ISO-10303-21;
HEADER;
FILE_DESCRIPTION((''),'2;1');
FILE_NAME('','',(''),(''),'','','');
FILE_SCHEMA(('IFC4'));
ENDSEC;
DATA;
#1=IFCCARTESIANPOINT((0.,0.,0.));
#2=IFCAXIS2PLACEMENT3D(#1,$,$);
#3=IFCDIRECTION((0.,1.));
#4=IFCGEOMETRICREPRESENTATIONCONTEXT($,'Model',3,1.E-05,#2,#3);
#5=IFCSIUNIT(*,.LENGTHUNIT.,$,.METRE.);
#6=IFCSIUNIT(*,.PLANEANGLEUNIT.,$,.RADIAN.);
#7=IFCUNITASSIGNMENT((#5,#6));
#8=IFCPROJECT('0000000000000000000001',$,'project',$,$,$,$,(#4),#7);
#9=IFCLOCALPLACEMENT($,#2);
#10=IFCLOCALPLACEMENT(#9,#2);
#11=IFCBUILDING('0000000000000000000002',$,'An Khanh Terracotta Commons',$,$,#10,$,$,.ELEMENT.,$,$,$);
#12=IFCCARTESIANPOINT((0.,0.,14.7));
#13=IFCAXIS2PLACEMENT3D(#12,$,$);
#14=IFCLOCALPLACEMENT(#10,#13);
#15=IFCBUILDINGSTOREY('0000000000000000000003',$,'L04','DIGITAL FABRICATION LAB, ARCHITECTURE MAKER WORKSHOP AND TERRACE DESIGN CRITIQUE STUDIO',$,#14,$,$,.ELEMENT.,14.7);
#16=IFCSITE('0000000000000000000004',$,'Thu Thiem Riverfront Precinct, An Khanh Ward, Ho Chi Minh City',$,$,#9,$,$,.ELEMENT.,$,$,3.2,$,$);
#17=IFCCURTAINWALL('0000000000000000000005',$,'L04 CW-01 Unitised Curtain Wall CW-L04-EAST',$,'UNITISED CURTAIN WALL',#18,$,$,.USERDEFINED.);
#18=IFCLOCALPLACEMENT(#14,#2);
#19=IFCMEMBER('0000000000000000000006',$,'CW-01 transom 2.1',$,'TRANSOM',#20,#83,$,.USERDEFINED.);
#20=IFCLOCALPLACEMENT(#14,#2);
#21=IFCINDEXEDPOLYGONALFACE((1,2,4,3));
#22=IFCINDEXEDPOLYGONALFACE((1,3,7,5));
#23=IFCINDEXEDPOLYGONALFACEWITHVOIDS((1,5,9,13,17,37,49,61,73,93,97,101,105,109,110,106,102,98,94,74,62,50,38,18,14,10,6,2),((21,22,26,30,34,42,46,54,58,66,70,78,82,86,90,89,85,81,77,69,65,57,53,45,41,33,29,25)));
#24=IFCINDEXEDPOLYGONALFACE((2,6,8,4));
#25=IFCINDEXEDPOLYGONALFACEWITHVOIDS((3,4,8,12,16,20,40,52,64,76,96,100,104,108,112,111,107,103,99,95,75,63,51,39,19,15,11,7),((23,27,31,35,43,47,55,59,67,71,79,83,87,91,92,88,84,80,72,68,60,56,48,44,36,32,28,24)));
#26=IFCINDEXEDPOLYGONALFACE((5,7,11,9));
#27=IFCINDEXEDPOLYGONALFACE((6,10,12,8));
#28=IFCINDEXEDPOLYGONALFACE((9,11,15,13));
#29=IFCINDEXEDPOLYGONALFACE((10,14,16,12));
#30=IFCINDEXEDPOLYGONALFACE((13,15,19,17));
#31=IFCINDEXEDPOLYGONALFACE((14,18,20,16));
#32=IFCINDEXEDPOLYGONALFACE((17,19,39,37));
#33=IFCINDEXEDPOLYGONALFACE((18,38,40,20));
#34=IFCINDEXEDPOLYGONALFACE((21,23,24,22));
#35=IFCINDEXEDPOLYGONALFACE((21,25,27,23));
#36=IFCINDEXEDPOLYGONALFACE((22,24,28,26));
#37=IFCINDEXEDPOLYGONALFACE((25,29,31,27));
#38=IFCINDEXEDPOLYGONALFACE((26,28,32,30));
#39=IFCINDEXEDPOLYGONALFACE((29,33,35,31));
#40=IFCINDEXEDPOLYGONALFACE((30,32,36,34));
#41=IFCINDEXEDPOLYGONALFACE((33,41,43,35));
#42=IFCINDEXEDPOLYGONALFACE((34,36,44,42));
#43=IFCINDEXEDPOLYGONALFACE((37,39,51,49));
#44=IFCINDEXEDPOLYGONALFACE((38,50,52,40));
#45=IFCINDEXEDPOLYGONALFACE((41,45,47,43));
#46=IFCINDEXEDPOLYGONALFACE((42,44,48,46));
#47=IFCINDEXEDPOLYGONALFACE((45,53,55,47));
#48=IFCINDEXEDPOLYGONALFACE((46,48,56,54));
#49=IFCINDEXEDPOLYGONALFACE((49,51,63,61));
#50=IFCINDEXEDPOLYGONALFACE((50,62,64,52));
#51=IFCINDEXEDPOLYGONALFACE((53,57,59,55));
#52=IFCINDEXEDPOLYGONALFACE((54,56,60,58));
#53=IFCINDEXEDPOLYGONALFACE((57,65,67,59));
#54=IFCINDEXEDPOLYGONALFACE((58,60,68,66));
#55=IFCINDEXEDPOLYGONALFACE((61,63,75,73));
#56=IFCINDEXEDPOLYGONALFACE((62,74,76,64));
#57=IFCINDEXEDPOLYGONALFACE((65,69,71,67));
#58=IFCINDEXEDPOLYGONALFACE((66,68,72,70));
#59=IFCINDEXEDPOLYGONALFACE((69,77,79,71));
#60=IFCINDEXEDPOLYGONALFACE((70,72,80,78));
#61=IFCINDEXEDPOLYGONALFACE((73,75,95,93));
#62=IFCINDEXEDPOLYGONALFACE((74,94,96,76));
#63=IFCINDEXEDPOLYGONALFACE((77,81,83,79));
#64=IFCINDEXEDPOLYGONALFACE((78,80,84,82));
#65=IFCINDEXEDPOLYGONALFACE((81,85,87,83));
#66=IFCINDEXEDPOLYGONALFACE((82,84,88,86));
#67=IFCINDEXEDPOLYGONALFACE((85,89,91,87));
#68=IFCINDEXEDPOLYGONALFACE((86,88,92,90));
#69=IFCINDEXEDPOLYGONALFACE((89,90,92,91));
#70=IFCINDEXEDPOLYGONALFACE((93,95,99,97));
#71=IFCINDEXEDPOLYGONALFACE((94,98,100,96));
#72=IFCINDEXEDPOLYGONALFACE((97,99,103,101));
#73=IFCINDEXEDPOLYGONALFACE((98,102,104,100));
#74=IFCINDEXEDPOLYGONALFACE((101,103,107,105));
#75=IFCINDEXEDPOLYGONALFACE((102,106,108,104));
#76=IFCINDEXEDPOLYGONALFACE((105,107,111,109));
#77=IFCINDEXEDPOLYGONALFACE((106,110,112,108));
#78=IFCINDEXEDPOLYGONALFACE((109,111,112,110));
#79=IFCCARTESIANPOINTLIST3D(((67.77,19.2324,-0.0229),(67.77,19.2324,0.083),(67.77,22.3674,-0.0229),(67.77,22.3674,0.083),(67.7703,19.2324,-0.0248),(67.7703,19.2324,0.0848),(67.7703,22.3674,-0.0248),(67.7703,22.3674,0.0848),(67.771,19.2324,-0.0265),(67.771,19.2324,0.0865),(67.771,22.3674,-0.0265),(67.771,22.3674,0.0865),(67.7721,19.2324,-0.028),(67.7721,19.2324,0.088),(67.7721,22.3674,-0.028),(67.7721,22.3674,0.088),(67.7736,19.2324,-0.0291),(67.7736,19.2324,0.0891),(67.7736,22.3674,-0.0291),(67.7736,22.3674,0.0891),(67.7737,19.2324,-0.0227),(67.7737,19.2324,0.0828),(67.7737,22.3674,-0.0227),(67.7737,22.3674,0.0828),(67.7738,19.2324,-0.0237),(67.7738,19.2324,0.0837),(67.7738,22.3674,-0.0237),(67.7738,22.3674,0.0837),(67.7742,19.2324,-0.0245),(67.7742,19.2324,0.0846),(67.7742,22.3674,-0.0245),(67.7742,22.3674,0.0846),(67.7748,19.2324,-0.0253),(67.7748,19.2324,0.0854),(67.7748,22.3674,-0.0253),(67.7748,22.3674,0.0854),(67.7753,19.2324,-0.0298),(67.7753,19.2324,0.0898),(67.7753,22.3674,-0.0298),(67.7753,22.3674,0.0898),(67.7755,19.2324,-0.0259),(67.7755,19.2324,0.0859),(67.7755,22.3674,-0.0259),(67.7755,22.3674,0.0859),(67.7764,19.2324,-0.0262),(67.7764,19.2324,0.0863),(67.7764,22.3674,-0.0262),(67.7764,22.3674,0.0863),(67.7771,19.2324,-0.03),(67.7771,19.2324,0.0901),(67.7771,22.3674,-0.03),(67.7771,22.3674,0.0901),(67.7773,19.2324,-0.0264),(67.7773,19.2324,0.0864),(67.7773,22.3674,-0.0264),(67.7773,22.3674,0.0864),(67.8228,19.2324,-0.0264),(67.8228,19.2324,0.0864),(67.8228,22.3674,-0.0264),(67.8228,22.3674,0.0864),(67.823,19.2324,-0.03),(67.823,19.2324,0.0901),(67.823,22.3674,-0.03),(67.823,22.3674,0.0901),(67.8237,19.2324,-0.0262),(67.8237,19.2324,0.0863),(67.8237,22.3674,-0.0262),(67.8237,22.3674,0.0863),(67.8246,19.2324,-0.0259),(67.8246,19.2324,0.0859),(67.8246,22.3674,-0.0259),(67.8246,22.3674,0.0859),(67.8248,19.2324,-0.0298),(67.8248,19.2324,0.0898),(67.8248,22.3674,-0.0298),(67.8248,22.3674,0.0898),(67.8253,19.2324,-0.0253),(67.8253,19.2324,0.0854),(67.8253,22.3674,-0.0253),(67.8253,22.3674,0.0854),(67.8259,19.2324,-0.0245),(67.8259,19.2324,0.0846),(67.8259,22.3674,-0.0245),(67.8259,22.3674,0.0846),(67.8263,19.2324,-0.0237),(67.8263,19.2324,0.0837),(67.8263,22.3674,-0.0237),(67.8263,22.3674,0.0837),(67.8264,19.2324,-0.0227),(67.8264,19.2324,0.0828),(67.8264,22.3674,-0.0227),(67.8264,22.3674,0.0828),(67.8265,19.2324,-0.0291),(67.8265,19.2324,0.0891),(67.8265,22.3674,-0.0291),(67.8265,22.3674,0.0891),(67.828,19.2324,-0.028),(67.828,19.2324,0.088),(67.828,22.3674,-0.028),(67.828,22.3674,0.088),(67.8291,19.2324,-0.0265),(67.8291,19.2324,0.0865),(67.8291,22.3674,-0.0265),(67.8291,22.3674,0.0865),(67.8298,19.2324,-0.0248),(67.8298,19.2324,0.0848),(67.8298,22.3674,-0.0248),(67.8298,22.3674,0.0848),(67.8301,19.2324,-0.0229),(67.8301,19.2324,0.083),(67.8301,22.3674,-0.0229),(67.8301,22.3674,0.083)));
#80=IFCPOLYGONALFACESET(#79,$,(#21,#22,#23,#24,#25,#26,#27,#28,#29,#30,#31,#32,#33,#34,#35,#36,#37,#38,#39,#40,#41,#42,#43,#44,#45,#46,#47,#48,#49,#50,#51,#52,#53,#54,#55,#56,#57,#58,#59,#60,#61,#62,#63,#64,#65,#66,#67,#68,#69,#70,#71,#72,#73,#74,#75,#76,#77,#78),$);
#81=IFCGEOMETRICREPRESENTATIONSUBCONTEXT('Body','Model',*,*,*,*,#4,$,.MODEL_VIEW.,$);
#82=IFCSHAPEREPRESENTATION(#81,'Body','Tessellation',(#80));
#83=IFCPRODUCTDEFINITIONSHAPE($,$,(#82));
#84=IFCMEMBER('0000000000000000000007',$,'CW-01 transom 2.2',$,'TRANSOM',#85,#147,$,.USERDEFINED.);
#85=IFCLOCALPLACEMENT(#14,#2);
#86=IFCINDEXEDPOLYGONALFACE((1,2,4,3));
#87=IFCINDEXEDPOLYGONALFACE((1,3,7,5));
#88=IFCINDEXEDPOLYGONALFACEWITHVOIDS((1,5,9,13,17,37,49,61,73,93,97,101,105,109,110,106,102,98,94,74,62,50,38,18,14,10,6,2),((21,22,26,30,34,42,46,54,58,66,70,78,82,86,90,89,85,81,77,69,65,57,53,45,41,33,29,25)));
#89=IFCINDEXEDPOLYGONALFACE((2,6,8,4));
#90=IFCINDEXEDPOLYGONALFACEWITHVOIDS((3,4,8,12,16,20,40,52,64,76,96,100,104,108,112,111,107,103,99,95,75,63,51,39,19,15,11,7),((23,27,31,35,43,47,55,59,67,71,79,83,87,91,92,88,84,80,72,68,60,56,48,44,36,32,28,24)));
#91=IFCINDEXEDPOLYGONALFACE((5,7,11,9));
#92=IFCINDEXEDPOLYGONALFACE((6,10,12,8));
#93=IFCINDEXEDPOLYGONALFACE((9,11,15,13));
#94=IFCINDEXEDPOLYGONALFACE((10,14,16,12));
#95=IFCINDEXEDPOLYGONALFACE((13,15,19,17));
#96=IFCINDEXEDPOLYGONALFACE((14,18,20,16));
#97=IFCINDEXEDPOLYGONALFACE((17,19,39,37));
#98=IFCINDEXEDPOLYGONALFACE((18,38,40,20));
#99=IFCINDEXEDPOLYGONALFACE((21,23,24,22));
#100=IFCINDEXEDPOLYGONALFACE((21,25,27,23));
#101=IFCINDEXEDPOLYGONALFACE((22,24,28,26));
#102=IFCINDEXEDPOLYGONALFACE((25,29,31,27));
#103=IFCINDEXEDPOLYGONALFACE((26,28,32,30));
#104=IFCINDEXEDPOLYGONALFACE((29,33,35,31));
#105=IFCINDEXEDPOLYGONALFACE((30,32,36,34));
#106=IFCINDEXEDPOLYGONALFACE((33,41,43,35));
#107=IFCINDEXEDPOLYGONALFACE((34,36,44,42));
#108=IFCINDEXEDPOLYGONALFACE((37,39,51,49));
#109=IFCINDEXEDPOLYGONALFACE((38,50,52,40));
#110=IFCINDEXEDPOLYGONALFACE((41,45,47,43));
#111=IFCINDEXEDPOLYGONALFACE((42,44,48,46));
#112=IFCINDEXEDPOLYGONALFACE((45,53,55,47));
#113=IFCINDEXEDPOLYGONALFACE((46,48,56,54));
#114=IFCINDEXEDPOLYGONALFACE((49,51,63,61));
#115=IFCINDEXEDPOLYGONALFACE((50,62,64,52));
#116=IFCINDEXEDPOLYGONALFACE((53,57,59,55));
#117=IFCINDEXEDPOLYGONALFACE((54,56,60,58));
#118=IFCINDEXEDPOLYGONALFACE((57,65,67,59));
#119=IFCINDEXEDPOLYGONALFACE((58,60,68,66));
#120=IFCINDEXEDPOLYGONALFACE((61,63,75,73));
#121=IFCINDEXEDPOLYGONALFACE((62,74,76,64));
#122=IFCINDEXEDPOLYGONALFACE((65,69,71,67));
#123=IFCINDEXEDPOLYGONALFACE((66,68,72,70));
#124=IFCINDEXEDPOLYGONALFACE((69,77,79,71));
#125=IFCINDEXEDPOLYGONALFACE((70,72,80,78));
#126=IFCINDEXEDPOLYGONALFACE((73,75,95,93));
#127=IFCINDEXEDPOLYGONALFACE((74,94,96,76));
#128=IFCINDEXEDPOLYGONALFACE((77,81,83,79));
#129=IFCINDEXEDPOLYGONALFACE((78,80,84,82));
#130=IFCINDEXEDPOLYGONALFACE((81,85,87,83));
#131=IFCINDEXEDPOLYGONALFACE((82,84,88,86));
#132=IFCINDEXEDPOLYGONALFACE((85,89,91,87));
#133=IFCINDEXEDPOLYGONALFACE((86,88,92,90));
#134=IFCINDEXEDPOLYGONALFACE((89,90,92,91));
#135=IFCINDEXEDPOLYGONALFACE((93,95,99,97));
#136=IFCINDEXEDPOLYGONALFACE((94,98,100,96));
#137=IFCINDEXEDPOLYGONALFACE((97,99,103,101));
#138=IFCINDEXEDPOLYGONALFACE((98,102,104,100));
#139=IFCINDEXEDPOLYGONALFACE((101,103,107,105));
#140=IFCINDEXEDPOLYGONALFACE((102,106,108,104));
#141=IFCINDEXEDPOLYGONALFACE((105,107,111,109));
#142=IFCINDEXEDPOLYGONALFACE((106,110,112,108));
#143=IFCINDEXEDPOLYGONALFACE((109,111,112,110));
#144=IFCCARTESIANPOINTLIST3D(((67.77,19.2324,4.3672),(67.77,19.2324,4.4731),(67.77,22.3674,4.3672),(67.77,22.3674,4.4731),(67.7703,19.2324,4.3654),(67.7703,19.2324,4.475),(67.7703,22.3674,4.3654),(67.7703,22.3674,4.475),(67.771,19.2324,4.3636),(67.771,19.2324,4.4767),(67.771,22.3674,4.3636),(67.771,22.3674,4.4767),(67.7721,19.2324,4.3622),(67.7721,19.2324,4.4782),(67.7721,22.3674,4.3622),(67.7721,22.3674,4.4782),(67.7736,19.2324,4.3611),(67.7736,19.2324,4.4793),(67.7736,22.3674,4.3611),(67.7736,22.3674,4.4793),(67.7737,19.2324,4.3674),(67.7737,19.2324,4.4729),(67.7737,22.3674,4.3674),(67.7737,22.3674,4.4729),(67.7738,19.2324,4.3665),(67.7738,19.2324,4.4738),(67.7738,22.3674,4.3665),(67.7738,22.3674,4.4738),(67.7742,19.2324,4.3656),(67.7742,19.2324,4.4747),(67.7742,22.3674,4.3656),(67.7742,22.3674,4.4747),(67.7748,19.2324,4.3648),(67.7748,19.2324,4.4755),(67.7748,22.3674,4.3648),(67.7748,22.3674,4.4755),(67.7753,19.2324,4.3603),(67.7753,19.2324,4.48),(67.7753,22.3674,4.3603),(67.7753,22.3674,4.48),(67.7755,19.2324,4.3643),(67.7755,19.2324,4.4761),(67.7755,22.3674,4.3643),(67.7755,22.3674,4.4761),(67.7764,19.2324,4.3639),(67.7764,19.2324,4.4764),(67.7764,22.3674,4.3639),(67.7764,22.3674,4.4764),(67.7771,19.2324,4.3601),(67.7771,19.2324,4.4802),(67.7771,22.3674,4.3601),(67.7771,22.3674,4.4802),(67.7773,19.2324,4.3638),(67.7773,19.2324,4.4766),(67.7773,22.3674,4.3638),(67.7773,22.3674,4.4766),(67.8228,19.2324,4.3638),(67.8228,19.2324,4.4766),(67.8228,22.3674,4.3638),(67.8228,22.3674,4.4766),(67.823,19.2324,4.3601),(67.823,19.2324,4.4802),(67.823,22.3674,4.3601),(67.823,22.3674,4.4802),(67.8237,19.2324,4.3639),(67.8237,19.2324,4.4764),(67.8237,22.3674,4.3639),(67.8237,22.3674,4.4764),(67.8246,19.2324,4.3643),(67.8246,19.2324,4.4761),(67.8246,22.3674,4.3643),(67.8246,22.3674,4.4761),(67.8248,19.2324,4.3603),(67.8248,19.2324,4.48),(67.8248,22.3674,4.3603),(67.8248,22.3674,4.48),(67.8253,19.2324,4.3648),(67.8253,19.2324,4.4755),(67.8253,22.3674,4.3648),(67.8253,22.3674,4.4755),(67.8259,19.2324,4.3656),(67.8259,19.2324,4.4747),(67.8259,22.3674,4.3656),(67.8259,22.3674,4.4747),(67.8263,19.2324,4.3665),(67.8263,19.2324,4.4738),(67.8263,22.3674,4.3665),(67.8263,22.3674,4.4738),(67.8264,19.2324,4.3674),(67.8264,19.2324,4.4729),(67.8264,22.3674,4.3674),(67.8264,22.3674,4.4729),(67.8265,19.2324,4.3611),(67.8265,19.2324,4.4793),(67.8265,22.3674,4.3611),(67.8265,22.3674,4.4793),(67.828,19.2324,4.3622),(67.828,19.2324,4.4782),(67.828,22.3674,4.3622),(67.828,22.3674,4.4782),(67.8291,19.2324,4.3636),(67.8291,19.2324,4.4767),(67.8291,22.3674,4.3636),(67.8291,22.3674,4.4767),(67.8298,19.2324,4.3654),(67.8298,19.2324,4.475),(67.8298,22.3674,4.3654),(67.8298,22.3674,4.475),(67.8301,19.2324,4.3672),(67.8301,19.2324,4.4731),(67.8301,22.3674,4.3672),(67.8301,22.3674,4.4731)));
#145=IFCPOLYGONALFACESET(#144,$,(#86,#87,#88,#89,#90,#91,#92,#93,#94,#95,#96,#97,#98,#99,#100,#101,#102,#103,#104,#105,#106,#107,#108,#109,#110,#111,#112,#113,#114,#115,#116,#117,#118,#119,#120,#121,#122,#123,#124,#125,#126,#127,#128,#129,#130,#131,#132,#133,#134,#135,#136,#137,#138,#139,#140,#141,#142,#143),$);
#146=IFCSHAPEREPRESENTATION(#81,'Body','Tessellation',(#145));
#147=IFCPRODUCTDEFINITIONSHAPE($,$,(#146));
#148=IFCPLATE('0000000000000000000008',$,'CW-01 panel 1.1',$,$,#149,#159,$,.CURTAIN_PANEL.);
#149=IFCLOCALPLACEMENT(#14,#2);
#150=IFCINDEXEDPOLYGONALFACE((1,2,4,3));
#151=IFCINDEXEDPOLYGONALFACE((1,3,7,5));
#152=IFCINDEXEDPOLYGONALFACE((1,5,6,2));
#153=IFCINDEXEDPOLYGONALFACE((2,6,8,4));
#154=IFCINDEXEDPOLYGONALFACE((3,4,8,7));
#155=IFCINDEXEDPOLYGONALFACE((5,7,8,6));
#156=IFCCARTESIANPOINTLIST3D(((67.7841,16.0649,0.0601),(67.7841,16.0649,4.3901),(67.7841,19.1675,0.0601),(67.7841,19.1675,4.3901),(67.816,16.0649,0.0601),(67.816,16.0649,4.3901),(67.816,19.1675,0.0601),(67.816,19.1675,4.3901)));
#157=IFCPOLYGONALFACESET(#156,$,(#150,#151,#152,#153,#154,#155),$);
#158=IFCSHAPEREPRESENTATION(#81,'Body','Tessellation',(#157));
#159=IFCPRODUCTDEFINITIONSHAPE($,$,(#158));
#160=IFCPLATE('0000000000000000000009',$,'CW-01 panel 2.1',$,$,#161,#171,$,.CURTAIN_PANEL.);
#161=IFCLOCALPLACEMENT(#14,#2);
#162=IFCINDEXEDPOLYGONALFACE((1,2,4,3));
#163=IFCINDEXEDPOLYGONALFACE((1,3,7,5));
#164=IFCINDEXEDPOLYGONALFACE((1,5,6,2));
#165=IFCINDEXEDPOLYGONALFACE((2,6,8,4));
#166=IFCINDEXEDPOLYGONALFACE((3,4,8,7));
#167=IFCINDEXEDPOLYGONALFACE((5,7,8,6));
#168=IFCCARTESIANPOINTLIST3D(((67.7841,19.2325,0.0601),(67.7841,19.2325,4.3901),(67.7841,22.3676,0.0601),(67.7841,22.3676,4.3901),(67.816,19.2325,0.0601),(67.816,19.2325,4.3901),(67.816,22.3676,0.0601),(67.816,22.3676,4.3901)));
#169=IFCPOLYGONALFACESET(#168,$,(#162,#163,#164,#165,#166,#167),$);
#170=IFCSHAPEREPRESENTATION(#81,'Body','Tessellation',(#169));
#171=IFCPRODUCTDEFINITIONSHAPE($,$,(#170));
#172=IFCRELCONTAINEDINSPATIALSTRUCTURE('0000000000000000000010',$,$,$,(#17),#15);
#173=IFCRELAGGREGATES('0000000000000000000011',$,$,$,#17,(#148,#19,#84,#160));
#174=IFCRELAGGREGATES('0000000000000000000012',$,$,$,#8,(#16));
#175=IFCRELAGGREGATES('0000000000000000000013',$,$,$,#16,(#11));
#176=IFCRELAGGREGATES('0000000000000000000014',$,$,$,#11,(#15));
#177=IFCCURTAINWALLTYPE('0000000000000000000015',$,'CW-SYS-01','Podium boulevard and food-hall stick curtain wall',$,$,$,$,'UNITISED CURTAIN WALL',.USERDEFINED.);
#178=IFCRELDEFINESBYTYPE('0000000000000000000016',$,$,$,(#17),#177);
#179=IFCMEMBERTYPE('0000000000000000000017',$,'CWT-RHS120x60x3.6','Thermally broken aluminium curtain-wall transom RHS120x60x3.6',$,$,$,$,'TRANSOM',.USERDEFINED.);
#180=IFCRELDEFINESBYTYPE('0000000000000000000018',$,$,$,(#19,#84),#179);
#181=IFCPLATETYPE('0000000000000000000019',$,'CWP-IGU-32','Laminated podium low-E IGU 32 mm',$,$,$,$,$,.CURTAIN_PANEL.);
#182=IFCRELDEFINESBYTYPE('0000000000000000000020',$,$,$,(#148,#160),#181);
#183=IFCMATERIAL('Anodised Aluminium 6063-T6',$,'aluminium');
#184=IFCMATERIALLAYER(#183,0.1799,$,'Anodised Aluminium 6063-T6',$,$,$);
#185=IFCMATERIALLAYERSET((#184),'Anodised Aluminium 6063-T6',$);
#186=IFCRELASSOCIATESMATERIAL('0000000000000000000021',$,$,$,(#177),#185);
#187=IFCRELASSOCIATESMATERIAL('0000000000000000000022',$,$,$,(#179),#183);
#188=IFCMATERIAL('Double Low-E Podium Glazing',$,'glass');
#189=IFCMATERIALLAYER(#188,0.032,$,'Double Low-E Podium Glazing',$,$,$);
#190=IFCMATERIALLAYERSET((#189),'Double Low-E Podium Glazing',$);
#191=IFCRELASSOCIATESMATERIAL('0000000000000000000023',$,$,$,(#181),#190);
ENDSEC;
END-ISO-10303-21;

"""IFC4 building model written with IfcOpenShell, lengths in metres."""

from ifc_helpers import new_model, si_unit, direction, frame, origin, origin_2d, place, context, subcontext, project, spatial, rectangle, hollow_rectangle, extrude, material, layer, layer_set, material_profile, profile_set, type_object, element, aggregate, save


model = new_model("IFC4")

# Units and contexts
model_context = context("Model", 3, precision=1e-05, world=origin(), true_north=direction((0.0, 1.0)))
body_context = subcontext(model_context, "Body", "Model", "MODEL_VIEW")
ifc_project = project(units=[si_unit("LENGTHUNIT", "METRE"), si_unit("PLANEANGLEUNIT", "RADIAN")], contexts=[model_context])

# Site, building, storey
site_placement = place(None, origin())
site = spatial("IfcSite", under=ifc_project, at=site_placement, Name="Thu Thiem Riverfront Precinct, An Khanh Ward, Ho Chi Minh City", CompositionType="ELEMENT", RefElevation=3.2)
building_placement = place(site_placement, origin())
building = spatial("IfcBuilding", under=site, at=building_placement, Name="An Khanh Terracotta Commons", CompositionType="ELEMENT")
storey_placement = place(building_placement, frame((0.0, 0.0, 14.7)))
storey = spatial("IfcBuildingStorey", under=building, at=storey_placement, Name="L04", Description="DIGITAL FABRICATION LAB, ARCHITECTURE MAKER WORKSHOP AND TERRACE DESIGN CRITIQUE STUDIO", CompositionType="ELEMENT", Elevation=14.7)

# Curtain wall, members, plates
ifc_material_1 = material(Name="Anodised Aluminium 6063-T6", Category="aluminium")
ifc_layer_1 = layer(ifc_material_1, 0.1799, Name="Anodised Aluminium 6063-T6")
ifc_layer_set_1 = layer_set([ifc_layer_1], Name="Anodised Aluminium 6063-T6")
curtain_wall_type = type_object("IfcCurtainWallType", Name="CW-SYS-01", Description="Podium boulevard and food-hall stick curtain wall", ElementType="UNITISED CURTAIN WALL", PredefinedType="USERDEFINED", material=ifc_layer_set_1)
curtain_wall_placement = place(storey_placement, origin())
curtain_wall = element("IfcCurtainWall", 1, at=curtain_wall_placement, inside=storey, type_object=curtain_wall_type, Name="L04 CW-01 Unitised Curtain Wall CW-L04-EAST", ObjectType="UNITISED CURTAIN WALL", PredefinedType="USERDEFINED")
ifc_material_profile_1 = material_profile(ifc_material_1, hollow_rectangle(XDim=0.0601, YDim=0.1201, WallThickness=0.0037, InnerFilletRadius=0.0037, OuterFilletRadius=0.0071, at=origin_2d()), Name="RHS120x60x3.6")
ifc_profile_set_1 = profile_set([ifc_material_profile_1], Name="Anodised Aluminium 6063-T6")
member_type_1 = type_object("IfcMemberType", Name="CWT-RHS120x60x3.6", Description="Thermally broken aluminium curtain-wall transom RHS120x60x3.6", ElementType="TRANSOM", PredefinedType="USERDEFINED", material=ifc_profile_set_1)
member_1_placement = place(storey_placement, frame((67.8, 19.2324, 0.03), z_axis=(0.0, 1.0, 0.0), x_axis=(-1.0, 0.0, 0.0)))
member_1 = element("IfcMember", 2, at=member_1_placement, type_object=member_type_1, Name="CW-01 transom 2.1", ObjectType="TRANSOM", PredefinedType="USERDEFINED", context=body_context, shape_type="SweptSolid", body=[
    extrude(hollow_rectangle(XDim=0.0601, YDim=0.1201, WallThickness=0.0037, InnerFilletRadius=0.0037, OuterFilletRadius=0.0071, at=origin_2d()), origin(), (0.0, 0.0, 1.0), 3.135),
])
member_2_placement = place(storey_placement, frame((67.8, 19.2324, 4.4202), z_axis=(0.0, 1.0, 0.0), x_axis=(-1.0, 0.0, 0.0)))
member_2 = element("IfcMember", 3, at=member_2_placement, type_object=member_type_1, Name="CW-01 transom 2.2", ObjectType="TRANSOM", PredefinedType="USERDEFINED", context=body_context, shape_type="SweptSolid", body=[
    extrude(hollow_rectangle(XDim=0.0601, YDim=0.1201, WallThickness=0.0037, InnerFilletRadius=0.0037, OuterFilletRadius=0.0071, at=origin_2d()), origin(), (0.0, 0.0, 1.0), 3.135),
])
ifc_material_2 = material(Name="Double Low-E Podium Glazing", Category="glass")
ifc_layer_2 = layer(ifc_material_2, 0.032, Name="Double Low-E Podium Glazing")
ifc_layer_set_2 = layer_set([ifc_layer_2], Name="Double Low-E Podium Glazing")
plate_type = type_object("IfcPlateType", Name="CWP-IGU-32", Description="Laminated podium low-E IGU 32 mm", PredefinedType="CURTAIN_PANEL", material=ifc_layer_set_2)
plate_1_placement = place(storey_placement, frame((67.8, 17.6162, 0.0601), z_axis=(0.0, 0.0, 1.0), x_axis=(0.0, 1.0, 0.0)))
plate_1 = element("IfcPlate", 4, at=plate_1_placement, type_object=plate_type, Name="CW-01 panel 1.1", PredefinedType="CURTAIN_PANEL", context=body_context, shape_type="SweptSolid", body=[
    extrude(rectangle(XDim=3.1025, YDim=0.032, at=origin_2d()), origin(), (0.0, 0.0, 1.0), 4.3301),
])
plate_2_placement = place(storey_placement, frame((67.8, 20.8, 0.0601), z_axis=(0.0, 0.0, 1.0), x_axis=(0.0, 1.0, 0.0)))
plate_2 = element("IfcPlate", 5, at=plate_2_placement, type_object=plate_type, Name="CW-01 panel 2.1", PredefinedType="CURTAIN_PANEL", context=body_context, shape_type="SweptSolid", body=[
    extrude(rectangle(XDim=3.135, YDim=0.032, at=origin_2d()), origin(), (0.0, 0.0, 1.0), 4.3301),
])
aggregate(curtain_wall, [plate_1, member_1, member_2, plate_2])

save(model, "model.ifc")
